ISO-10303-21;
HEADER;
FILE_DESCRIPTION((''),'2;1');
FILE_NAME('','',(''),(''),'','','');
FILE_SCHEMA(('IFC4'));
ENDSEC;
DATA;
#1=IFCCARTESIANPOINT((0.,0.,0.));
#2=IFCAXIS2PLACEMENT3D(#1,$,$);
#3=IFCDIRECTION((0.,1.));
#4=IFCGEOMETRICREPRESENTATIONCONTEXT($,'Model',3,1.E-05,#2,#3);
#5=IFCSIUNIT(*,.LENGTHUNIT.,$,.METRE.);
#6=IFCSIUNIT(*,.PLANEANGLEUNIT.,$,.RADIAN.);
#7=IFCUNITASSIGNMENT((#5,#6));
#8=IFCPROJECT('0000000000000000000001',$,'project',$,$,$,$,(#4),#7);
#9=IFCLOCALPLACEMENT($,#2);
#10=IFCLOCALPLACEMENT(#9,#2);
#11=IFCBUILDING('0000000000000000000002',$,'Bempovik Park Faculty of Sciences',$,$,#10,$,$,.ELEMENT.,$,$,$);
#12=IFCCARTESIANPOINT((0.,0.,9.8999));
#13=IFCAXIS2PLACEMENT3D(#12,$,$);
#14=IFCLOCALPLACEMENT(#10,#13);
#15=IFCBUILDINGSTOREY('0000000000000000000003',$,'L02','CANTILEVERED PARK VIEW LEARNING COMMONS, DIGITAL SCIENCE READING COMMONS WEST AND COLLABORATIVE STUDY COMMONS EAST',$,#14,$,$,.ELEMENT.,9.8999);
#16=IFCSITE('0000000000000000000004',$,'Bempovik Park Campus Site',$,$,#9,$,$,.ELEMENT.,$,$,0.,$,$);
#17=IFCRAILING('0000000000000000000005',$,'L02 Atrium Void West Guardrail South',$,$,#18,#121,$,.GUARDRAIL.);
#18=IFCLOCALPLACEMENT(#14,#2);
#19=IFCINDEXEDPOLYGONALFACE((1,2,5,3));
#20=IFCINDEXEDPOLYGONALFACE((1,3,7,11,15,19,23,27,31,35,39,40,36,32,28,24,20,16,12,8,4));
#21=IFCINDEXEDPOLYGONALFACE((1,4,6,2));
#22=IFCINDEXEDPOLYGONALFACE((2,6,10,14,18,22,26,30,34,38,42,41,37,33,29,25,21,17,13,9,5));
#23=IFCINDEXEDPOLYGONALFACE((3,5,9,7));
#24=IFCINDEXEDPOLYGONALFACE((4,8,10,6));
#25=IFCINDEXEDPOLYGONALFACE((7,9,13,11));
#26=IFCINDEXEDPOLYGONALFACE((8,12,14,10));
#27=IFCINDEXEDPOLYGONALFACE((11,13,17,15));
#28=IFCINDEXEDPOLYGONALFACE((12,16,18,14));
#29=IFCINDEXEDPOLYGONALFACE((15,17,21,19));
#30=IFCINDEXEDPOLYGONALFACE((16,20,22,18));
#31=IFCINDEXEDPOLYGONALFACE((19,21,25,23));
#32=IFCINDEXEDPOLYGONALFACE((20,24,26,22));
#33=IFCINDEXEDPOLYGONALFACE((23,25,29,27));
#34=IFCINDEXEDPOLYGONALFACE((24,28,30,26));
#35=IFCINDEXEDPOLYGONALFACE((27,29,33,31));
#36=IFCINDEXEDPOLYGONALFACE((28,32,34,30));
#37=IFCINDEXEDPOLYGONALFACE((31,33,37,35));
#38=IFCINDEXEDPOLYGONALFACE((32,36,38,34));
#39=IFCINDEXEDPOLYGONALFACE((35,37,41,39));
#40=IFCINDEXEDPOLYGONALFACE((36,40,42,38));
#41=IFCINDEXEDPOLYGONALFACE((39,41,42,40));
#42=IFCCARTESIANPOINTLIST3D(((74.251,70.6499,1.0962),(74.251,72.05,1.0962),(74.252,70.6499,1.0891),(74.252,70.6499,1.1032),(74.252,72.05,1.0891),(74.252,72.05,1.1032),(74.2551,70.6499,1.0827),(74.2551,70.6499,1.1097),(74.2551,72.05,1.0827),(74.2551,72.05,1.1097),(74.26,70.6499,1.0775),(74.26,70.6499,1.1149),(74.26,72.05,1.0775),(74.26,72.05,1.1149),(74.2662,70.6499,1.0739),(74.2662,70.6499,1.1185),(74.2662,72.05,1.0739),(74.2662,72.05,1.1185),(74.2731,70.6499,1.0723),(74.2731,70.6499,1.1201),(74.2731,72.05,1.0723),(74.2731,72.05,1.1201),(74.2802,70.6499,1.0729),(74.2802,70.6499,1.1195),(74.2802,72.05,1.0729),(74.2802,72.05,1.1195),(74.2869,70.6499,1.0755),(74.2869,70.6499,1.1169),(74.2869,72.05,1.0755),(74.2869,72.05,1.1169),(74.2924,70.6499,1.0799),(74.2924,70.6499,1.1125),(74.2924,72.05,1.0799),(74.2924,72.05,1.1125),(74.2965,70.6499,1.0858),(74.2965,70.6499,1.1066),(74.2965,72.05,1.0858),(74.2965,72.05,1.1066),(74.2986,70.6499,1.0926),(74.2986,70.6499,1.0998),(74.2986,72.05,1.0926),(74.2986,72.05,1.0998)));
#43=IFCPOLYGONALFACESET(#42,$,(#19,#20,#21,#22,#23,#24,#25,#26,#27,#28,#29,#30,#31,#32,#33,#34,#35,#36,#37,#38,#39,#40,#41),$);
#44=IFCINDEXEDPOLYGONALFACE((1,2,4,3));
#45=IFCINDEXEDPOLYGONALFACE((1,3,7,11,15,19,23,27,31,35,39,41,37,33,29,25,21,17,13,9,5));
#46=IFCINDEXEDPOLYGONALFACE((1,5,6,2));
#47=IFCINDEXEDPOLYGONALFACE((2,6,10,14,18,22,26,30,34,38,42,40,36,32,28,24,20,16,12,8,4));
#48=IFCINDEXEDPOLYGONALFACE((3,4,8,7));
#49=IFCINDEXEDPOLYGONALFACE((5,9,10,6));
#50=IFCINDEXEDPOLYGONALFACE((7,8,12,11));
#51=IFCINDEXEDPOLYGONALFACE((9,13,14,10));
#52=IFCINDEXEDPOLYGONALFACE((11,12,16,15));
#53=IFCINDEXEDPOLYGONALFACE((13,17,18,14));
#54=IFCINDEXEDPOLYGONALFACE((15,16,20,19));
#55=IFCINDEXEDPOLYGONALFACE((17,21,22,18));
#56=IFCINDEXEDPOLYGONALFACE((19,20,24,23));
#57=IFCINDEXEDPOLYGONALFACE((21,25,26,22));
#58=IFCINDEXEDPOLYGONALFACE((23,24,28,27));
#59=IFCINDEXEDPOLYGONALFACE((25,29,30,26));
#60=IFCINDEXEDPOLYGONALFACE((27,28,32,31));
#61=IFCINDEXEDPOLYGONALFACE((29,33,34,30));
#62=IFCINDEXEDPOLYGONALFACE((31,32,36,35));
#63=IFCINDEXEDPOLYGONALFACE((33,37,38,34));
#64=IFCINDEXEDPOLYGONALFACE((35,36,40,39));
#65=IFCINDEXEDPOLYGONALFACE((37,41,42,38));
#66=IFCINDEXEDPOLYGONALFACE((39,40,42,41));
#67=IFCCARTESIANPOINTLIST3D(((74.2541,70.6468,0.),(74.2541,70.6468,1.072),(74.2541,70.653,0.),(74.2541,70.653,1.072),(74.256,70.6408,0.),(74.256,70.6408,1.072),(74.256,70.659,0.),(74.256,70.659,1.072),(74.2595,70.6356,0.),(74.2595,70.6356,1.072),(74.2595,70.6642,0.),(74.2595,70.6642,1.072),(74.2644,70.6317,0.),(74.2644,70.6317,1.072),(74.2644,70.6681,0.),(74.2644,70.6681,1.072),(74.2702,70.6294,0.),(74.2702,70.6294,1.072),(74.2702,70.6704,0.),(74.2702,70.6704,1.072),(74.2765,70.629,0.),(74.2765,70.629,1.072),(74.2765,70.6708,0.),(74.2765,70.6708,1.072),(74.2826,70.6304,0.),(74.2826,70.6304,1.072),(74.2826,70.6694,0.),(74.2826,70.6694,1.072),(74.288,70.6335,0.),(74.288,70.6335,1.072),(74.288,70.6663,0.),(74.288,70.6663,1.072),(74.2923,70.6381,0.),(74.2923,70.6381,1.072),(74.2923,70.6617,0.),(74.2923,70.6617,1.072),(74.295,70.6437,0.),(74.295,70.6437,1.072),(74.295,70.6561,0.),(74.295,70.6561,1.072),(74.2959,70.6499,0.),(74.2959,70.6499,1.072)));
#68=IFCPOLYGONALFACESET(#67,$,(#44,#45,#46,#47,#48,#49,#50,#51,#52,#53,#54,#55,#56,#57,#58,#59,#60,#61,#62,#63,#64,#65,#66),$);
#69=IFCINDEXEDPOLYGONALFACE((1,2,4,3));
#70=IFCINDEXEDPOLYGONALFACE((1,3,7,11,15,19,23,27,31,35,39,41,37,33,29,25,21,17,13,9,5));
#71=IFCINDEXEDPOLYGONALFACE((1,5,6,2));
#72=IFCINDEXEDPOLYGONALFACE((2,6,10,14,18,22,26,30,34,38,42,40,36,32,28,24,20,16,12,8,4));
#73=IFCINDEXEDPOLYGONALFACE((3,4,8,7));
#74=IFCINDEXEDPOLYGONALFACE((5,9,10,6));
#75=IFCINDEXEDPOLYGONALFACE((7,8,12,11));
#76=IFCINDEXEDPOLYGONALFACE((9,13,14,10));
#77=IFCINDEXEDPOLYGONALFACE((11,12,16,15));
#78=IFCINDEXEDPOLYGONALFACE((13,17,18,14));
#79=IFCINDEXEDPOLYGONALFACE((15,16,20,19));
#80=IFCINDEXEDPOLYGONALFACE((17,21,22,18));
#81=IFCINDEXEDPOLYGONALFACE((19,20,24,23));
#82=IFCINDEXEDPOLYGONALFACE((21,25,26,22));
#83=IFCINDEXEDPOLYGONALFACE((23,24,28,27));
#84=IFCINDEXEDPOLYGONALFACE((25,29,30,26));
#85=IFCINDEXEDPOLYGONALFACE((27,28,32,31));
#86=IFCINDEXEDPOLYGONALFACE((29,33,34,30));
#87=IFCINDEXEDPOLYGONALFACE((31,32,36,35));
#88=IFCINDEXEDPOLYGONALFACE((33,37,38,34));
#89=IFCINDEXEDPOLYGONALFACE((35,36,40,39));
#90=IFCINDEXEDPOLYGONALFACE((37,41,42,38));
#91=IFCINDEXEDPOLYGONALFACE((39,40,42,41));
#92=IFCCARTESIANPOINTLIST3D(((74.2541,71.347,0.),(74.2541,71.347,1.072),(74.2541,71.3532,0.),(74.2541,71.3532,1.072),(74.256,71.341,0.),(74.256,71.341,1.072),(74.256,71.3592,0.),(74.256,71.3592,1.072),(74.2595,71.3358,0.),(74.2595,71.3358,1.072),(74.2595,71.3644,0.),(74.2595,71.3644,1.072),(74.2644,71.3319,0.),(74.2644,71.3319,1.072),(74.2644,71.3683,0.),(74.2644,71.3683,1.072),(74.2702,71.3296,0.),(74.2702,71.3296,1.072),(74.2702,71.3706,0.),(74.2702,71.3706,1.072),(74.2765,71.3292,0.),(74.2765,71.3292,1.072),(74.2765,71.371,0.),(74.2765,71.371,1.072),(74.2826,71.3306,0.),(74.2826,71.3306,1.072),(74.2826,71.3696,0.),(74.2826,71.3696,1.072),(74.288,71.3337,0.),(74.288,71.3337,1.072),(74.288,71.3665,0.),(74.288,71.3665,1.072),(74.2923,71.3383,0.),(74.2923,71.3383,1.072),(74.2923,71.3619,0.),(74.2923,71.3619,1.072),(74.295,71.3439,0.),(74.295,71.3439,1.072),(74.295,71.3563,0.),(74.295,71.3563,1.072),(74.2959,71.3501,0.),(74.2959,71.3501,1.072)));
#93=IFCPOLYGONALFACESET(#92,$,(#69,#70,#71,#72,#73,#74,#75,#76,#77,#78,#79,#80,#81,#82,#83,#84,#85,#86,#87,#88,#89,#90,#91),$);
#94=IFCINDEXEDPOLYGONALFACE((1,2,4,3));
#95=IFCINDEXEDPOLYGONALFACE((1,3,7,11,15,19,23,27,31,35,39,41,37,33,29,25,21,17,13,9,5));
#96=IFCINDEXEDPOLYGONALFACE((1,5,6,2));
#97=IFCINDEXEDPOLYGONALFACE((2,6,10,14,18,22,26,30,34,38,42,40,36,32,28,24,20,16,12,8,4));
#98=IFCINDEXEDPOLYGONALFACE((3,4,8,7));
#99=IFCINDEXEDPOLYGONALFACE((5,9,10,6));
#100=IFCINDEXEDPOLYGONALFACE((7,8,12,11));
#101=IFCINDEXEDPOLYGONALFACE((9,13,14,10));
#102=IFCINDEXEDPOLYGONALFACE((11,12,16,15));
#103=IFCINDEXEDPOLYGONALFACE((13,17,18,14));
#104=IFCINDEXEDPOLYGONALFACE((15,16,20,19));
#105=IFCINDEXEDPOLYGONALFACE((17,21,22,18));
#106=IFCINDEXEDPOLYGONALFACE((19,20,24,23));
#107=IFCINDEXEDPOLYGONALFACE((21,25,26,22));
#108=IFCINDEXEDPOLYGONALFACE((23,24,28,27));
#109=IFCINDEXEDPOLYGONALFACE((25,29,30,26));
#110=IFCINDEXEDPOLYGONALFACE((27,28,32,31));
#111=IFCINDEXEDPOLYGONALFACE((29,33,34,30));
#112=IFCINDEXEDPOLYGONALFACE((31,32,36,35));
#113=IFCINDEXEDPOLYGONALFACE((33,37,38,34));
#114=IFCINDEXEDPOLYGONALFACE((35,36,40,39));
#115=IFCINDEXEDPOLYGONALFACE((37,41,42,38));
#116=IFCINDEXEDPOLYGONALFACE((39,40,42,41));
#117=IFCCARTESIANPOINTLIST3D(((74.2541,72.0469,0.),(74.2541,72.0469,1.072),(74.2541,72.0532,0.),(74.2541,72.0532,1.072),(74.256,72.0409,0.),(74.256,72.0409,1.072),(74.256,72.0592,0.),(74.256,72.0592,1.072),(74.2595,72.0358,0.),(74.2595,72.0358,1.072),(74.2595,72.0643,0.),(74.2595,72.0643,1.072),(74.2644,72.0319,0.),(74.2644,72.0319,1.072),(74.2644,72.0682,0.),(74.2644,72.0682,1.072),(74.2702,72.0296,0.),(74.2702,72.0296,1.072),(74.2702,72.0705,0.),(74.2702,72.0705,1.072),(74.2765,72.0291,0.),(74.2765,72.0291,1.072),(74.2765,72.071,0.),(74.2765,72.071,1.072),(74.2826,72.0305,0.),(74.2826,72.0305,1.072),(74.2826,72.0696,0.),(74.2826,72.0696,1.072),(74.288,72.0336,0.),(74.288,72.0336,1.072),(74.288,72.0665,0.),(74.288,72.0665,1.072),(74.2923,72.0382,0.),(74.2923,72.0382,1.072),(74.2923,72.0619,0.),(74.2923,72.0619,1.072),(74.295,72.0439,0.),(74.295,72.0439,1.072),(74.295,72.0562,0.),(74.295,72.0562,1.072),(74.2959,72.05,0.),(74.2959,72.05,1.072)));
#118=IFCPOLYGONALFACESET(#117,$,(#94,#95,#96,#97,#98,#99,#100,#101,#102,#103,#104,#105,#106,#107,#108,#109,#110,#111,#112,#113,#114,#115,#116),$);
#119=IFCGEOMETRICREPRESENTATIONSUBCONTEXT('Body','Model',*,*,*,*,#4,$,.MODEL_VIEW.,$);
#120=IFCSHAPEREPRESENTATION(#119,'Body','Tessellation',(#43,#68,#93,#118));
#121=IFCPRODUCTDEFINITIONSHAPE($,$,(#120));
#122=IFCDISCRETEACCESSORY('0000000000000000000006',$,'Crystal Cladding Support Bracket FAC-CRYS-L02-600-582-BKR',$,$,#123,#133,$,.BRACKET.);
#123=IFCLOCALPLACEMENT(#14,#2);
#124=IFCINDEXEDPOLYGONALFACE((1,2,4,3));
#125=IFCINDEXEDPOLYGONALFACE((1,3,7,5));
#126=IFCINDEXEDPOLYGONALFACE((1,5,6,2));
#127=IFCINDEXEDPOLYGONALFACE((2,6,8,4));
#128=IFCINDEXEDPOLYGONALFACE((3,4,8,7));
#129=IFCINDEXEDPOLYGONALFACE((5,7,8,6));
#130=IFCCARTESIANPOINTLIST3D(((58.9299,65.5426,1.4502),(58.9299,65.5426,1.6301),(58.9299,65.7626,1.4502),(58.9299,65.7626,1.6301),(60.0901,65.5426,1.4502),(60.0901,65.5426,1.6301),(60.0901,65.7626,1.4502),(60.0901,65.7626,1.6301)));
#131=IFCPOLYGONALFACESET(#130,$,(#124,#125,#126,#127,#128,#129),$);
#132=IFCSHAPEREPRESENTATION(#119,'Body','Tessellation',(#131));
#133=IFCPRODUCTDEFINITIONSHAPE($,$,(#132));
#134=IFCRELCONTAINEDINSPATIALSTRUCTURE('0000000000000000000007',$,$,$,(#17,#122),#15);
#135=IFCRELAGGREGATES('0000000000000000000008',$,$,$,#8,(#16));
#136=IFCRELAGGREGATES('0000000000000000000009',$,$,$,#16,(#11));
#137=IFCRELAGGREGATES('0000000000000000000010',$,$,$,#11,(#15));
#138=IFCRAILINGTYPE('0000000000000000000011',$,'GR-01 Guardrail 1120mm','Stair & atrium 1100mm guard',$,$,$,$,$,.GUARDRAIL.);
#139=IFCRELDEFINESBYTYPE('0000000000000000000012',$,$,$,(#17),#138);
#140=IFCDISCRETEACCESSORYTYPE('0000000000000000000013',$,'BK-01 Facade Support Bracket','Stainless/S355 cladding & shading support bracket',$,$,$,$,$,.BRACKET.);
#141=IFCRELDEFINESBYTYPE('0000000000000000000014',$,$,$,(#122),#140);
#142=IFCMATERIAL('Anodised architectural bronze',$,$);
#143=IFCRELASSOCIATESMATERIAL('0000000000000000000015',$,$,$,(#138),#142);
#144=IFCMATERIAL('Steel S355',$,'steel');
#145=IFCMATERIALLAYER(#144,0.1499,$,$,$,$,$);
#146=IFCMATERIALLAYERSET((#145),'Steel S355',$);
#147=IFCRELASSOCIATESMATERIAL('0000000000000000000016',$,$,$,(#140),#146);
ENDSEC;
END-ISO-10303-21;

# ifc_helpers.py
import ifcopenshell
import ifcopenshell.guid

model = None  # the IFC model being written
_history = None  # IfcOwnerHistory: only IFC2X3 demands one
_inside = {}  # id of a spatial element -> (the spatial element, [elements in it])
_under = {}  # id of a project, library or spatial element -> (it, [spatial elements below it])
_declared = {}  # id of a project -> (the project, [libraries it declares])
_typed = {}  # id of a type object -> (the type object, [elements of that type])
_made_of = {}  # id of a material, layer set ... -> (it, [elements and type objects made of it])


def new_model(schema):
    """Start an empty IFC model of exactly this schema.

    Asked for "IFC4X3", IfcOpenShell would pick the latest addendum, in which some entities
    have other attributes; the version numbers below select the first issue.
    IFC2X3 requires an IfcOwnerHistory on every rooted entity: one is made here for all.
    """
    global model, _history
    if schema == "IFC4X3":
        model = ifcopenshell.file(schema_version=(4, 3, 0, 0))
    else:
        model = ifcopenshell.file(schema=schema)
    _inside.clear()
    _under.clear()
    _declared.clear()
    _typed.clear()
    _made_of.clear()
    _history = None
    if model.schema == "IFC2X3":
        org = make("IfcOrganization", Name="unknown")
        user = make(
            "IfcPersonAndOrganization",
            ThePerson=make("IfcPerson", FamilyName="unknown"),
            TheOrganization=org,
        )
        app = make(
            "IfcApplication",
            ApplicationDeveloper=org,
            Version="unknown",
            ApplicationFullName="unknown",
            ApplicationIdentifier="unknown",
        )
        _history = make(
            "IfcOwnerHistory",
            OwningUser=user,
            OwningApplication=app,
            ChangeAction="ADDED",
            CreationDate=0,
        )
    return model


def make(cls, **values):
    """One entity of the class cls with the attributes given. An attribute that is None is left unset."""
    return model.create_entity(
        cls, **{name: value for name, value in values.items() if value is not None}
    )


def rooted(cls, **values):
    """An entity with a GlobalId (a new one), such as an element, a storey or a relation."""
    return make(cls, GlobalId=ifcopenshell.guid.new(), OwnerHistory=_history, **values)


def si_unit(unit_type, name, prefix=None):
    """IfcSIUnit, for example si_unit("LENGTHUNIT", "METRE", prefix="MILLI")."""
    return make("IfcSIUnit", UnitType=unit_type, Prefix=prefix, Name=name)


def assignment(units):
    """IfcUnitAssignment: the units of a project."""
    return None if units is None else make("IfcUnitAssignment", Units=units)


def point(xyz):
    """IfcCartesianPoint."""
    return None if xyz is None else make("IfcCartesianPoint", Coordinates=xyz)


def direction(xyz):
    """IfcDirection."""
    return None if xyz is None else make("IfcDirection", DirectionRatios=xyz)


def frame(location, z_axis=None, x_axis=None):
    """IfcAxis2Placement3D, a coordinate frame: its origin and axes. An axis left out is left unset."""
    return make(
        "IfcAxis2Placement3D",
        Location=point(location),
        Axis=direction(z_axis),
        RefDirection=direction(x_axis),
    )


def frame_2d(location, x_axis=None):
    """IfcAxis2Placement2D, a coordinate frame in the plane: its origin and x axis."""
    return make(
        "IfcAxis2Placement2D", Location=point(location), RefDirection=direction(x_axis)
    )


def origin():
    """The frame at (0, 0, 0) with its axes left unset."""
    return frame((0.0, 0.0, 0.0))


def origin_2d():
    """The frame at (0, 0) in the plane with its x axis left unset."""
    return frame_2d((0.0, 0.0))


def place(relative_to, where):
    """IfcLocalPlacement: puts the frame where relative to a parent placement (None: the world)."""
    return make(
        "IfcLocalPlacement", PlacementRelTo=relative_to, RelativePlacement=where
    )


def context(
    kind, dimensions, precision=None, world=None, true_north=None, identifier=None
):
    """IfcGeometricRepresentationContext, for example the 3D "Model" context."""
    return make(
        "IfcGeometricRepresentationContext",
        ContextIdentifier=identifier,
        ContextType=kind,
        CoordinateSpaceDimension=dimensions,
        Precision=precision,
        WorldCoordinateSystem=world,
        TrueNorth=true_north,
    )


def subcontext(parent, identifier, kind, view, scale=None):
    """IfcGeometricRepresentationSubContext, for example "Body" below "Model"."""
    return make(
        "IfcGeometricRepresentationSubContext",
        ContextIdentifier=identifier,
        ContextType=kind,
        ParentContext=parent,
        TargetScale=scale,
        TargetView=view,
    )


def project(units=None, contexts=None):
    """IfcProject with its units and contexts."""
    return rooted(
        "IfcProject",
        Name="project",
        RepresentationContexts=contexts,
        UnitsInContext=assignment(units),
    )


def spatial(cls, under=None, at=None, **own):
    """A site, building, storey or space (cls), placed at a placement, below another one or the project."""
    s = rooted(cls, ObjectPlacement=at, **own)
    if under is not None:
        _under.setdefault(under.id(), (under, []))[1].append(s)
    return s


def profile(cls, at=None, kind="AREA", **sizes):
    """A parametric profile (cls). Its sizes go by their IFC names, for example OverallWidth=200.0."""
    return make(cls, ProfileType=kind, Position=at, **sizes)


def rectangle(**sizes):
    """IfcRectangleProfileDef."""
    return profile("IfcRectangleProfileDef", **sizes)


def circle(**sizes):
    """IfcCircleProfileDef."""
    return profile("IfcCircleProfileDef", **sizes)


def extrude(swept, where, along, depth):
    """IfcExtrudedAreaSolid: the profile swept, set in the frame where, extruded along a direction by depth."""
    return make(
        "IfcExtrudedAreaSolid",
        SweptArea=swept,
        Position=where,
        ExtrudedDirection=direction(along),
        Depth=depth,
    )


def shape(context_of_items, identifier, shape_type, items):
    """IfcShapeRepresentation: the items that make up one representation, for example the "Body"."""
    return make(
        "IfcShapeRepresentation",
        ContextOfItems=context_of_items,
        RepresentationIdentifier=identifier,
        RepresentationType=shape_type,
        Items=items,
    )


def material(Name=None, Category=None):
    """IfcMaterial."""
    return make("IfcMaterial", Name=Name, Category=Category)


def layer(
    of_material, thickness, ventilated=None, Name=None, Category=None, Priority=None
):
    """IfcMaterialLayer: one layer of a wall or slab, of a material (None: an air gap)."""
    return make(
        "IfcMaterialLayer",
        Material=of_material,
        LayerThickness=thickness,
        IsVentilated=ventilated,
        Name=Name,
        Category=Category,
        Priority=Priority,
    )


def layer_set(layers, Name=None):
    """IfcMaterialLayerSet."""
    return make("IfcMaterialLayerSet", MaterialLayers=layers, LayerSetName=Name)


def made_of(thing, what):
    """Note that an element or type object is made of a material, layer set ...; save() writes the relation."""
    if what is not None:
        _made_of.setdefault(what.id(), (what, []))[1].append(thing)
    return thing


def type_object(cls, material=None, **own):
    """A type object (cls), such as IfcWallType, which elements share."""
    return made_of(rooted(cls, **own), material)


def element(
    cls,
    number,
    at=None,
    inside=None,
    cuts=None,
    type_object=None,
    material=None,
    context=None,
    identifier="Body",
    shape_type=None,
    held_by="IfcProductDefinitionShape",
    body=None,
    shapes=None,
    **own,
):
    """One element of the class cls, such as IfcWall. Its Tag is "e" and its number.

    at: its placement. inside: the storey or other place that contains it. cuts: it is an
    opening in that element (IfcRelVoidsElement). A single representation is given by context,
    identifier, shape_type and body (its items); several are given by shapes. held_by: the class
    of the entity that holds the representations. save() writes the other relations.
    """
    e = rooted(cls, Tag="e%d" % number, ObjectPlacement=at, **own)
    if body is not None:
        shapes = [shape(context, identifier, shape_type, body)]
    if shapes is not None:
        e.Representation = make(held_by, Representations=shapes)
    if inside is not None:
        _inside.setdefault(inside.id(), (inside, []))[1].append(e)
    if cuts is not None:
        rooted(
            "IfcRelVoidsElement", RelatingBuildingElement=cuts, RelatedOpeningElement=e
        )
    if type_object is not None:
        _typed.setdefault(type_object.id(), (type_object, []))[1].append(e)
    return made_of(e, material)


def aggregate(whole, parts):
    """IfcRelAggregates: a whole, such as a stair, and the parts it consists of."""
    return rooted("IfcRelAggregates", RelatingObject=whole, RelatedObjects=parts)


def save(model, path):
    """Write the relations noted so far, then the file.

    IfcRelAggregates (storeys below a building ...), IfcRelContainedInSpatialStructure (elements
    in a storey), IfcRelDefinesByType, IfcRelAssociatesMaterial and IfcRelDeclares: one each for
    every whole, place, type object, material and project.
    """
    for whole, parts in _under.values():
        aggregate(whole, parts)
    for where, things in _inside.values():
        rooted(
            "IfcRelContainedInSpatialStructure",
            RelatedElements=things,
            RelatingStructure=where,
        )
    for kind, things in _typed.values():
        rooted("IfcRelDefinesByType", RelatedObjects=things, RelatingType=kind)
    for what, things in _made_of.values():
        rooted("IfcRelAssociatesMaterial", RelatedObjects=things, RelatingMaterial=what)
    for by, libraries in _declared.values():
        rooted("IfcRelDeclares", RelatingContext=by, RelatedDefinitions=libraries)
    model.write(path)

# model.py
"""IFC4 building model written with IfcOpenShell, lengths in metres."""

from ifc_helpers import new_model, si_unit, direction, frame, origin, origin_2d, place, context, subcontext, project, spatial, rectangle, circle, extrude, material, layer, layer_set, type_object, element, save


model = new_model("IFC4")

# Units and contexts
model_context = context("Model", 3, precision=1e-05, world=origin(), true_north=direction((0.0, 1.0)))
body_context = subcontext(model_context, "Body", "Model", "MODEL_VIEW")
ifc_project = project(units=[si_unit("LENGTHUNIT", "METRE"), si_unit("PLANEANGLEUNIT", "RADIAN")], contexts=[model_context])

# Site, building, storey
site_placement = place(None, origin())
site = spatial("IfcSite", under=ifc_project, at=site_placement, Name="Bempovik Park Campus Site", CompositionType="ELEMENT", RefElevation=0.0)
building_placement = place(site_placement, origin())
building = spatial("IfcBuilding", under=site, at=building_placement, Name="Bempovik Park Faculty of Sciences", CompositionType="ELEMENT")
storey_placement = place(building_placement, frame((0.0, 0.0, 9.8999)))
storey = spatial("IfcBuildingStorey", under=building, at=storey_placement, Name="L02", Description="CANTILEVERED PARK VIEW LEARNING COMMONS, DIGITAL SCIENCE READING COMMONS WEST AND COLLABORATIVE STUDY COMMONS EAST", CompositionType="ELEMENT", Elevation=9.8999)

# Shared definitions
ifc_material_1 = material(Name="Anodised architectural bronze")

# Railing
railing_type = type_object("IfcRailingType", Name="GR-01 Guardrail 1120mm", Description="Stair & atrium 1100mm guard", PredefinedType="GUARDRAIL", material=ifc_material_1)
railing_1_placement = place(storey_placement, frame((74.2749, 70.6499, 0.0)))
element("IfcRailing", 1, at=railing_1_placement, inside=storey, type_object=railing_type, Name="L02 Atrium Void West Guardrail South", PredefinedType="GUARDRAIL", context=body_context, shape_type="SweptSolid", body=[
    extrude(circle(Radius=0.0239, at=origin_2d()), frame((0.0, 0.0, 1.0962), z_axis=(0.0, 1.0, 0.0), x_axis=(-1.0, 0.0, 0.0)), (0.0, 0.0, 1.0), 1.4001),
    extrude(circle(Radius=0.021, at=origin_2d()), origin(), (0.0, 0.0, 1.0), 1.072),
    extrude(circle(Radius=0.021, at=origin_2d()), frame((0.0, 0.7002, 0.0)), (0.0, 0.0, 1.0), 1.072),
    extrude(circle(Radius=0.021, at=origin_2d()), frame((0.0, 1.4001, 0.0)), (0.0, 0.0, 1.0), 1.072),
])

# Discrete accessory
ifc_material_2 = material(Name="Steel S355", Category="steel")
ifc_layer_1 = layer(ifc_material_2, 0.1499)
ifc_layer_set_1 = layer_set([ifc_layer_1], Name="Steel S355")
discrete_accessory_type = type_object("IfcDiscreteAccessoryType", Name="BK-01 Facade Support Bracket", Description="Stainless/S355 cladding & shading support bracket", PredefinedType="BRACKET", material=ifc_layer_set_1)
discrete_accessory_placement = place(storey_placement, frame((59.51, 65.6526, 1.4502), z_axis=(0.0, 0.0, 1.0), x_axis=(1.0, 0.0, 0.0)))
element("IfcDiscreteAccessory", 2, at=discrete_accessory_placement, inside=storey, type_object=discrete_accessory_type, Name="Crystal Cladding Support Bracket FAC-CRYS-L02-600-582-BKR", PredefinedType="BRACKET", context=body_context, shape_type="SweptSolid", body=[
    extrude(rectangle(XDim=1.1602, YDim=0.22, at=origin_2d()), origin(), (0.0, 0.0, 1.0), 0.1799),
])

save(model, "model.ifc")
